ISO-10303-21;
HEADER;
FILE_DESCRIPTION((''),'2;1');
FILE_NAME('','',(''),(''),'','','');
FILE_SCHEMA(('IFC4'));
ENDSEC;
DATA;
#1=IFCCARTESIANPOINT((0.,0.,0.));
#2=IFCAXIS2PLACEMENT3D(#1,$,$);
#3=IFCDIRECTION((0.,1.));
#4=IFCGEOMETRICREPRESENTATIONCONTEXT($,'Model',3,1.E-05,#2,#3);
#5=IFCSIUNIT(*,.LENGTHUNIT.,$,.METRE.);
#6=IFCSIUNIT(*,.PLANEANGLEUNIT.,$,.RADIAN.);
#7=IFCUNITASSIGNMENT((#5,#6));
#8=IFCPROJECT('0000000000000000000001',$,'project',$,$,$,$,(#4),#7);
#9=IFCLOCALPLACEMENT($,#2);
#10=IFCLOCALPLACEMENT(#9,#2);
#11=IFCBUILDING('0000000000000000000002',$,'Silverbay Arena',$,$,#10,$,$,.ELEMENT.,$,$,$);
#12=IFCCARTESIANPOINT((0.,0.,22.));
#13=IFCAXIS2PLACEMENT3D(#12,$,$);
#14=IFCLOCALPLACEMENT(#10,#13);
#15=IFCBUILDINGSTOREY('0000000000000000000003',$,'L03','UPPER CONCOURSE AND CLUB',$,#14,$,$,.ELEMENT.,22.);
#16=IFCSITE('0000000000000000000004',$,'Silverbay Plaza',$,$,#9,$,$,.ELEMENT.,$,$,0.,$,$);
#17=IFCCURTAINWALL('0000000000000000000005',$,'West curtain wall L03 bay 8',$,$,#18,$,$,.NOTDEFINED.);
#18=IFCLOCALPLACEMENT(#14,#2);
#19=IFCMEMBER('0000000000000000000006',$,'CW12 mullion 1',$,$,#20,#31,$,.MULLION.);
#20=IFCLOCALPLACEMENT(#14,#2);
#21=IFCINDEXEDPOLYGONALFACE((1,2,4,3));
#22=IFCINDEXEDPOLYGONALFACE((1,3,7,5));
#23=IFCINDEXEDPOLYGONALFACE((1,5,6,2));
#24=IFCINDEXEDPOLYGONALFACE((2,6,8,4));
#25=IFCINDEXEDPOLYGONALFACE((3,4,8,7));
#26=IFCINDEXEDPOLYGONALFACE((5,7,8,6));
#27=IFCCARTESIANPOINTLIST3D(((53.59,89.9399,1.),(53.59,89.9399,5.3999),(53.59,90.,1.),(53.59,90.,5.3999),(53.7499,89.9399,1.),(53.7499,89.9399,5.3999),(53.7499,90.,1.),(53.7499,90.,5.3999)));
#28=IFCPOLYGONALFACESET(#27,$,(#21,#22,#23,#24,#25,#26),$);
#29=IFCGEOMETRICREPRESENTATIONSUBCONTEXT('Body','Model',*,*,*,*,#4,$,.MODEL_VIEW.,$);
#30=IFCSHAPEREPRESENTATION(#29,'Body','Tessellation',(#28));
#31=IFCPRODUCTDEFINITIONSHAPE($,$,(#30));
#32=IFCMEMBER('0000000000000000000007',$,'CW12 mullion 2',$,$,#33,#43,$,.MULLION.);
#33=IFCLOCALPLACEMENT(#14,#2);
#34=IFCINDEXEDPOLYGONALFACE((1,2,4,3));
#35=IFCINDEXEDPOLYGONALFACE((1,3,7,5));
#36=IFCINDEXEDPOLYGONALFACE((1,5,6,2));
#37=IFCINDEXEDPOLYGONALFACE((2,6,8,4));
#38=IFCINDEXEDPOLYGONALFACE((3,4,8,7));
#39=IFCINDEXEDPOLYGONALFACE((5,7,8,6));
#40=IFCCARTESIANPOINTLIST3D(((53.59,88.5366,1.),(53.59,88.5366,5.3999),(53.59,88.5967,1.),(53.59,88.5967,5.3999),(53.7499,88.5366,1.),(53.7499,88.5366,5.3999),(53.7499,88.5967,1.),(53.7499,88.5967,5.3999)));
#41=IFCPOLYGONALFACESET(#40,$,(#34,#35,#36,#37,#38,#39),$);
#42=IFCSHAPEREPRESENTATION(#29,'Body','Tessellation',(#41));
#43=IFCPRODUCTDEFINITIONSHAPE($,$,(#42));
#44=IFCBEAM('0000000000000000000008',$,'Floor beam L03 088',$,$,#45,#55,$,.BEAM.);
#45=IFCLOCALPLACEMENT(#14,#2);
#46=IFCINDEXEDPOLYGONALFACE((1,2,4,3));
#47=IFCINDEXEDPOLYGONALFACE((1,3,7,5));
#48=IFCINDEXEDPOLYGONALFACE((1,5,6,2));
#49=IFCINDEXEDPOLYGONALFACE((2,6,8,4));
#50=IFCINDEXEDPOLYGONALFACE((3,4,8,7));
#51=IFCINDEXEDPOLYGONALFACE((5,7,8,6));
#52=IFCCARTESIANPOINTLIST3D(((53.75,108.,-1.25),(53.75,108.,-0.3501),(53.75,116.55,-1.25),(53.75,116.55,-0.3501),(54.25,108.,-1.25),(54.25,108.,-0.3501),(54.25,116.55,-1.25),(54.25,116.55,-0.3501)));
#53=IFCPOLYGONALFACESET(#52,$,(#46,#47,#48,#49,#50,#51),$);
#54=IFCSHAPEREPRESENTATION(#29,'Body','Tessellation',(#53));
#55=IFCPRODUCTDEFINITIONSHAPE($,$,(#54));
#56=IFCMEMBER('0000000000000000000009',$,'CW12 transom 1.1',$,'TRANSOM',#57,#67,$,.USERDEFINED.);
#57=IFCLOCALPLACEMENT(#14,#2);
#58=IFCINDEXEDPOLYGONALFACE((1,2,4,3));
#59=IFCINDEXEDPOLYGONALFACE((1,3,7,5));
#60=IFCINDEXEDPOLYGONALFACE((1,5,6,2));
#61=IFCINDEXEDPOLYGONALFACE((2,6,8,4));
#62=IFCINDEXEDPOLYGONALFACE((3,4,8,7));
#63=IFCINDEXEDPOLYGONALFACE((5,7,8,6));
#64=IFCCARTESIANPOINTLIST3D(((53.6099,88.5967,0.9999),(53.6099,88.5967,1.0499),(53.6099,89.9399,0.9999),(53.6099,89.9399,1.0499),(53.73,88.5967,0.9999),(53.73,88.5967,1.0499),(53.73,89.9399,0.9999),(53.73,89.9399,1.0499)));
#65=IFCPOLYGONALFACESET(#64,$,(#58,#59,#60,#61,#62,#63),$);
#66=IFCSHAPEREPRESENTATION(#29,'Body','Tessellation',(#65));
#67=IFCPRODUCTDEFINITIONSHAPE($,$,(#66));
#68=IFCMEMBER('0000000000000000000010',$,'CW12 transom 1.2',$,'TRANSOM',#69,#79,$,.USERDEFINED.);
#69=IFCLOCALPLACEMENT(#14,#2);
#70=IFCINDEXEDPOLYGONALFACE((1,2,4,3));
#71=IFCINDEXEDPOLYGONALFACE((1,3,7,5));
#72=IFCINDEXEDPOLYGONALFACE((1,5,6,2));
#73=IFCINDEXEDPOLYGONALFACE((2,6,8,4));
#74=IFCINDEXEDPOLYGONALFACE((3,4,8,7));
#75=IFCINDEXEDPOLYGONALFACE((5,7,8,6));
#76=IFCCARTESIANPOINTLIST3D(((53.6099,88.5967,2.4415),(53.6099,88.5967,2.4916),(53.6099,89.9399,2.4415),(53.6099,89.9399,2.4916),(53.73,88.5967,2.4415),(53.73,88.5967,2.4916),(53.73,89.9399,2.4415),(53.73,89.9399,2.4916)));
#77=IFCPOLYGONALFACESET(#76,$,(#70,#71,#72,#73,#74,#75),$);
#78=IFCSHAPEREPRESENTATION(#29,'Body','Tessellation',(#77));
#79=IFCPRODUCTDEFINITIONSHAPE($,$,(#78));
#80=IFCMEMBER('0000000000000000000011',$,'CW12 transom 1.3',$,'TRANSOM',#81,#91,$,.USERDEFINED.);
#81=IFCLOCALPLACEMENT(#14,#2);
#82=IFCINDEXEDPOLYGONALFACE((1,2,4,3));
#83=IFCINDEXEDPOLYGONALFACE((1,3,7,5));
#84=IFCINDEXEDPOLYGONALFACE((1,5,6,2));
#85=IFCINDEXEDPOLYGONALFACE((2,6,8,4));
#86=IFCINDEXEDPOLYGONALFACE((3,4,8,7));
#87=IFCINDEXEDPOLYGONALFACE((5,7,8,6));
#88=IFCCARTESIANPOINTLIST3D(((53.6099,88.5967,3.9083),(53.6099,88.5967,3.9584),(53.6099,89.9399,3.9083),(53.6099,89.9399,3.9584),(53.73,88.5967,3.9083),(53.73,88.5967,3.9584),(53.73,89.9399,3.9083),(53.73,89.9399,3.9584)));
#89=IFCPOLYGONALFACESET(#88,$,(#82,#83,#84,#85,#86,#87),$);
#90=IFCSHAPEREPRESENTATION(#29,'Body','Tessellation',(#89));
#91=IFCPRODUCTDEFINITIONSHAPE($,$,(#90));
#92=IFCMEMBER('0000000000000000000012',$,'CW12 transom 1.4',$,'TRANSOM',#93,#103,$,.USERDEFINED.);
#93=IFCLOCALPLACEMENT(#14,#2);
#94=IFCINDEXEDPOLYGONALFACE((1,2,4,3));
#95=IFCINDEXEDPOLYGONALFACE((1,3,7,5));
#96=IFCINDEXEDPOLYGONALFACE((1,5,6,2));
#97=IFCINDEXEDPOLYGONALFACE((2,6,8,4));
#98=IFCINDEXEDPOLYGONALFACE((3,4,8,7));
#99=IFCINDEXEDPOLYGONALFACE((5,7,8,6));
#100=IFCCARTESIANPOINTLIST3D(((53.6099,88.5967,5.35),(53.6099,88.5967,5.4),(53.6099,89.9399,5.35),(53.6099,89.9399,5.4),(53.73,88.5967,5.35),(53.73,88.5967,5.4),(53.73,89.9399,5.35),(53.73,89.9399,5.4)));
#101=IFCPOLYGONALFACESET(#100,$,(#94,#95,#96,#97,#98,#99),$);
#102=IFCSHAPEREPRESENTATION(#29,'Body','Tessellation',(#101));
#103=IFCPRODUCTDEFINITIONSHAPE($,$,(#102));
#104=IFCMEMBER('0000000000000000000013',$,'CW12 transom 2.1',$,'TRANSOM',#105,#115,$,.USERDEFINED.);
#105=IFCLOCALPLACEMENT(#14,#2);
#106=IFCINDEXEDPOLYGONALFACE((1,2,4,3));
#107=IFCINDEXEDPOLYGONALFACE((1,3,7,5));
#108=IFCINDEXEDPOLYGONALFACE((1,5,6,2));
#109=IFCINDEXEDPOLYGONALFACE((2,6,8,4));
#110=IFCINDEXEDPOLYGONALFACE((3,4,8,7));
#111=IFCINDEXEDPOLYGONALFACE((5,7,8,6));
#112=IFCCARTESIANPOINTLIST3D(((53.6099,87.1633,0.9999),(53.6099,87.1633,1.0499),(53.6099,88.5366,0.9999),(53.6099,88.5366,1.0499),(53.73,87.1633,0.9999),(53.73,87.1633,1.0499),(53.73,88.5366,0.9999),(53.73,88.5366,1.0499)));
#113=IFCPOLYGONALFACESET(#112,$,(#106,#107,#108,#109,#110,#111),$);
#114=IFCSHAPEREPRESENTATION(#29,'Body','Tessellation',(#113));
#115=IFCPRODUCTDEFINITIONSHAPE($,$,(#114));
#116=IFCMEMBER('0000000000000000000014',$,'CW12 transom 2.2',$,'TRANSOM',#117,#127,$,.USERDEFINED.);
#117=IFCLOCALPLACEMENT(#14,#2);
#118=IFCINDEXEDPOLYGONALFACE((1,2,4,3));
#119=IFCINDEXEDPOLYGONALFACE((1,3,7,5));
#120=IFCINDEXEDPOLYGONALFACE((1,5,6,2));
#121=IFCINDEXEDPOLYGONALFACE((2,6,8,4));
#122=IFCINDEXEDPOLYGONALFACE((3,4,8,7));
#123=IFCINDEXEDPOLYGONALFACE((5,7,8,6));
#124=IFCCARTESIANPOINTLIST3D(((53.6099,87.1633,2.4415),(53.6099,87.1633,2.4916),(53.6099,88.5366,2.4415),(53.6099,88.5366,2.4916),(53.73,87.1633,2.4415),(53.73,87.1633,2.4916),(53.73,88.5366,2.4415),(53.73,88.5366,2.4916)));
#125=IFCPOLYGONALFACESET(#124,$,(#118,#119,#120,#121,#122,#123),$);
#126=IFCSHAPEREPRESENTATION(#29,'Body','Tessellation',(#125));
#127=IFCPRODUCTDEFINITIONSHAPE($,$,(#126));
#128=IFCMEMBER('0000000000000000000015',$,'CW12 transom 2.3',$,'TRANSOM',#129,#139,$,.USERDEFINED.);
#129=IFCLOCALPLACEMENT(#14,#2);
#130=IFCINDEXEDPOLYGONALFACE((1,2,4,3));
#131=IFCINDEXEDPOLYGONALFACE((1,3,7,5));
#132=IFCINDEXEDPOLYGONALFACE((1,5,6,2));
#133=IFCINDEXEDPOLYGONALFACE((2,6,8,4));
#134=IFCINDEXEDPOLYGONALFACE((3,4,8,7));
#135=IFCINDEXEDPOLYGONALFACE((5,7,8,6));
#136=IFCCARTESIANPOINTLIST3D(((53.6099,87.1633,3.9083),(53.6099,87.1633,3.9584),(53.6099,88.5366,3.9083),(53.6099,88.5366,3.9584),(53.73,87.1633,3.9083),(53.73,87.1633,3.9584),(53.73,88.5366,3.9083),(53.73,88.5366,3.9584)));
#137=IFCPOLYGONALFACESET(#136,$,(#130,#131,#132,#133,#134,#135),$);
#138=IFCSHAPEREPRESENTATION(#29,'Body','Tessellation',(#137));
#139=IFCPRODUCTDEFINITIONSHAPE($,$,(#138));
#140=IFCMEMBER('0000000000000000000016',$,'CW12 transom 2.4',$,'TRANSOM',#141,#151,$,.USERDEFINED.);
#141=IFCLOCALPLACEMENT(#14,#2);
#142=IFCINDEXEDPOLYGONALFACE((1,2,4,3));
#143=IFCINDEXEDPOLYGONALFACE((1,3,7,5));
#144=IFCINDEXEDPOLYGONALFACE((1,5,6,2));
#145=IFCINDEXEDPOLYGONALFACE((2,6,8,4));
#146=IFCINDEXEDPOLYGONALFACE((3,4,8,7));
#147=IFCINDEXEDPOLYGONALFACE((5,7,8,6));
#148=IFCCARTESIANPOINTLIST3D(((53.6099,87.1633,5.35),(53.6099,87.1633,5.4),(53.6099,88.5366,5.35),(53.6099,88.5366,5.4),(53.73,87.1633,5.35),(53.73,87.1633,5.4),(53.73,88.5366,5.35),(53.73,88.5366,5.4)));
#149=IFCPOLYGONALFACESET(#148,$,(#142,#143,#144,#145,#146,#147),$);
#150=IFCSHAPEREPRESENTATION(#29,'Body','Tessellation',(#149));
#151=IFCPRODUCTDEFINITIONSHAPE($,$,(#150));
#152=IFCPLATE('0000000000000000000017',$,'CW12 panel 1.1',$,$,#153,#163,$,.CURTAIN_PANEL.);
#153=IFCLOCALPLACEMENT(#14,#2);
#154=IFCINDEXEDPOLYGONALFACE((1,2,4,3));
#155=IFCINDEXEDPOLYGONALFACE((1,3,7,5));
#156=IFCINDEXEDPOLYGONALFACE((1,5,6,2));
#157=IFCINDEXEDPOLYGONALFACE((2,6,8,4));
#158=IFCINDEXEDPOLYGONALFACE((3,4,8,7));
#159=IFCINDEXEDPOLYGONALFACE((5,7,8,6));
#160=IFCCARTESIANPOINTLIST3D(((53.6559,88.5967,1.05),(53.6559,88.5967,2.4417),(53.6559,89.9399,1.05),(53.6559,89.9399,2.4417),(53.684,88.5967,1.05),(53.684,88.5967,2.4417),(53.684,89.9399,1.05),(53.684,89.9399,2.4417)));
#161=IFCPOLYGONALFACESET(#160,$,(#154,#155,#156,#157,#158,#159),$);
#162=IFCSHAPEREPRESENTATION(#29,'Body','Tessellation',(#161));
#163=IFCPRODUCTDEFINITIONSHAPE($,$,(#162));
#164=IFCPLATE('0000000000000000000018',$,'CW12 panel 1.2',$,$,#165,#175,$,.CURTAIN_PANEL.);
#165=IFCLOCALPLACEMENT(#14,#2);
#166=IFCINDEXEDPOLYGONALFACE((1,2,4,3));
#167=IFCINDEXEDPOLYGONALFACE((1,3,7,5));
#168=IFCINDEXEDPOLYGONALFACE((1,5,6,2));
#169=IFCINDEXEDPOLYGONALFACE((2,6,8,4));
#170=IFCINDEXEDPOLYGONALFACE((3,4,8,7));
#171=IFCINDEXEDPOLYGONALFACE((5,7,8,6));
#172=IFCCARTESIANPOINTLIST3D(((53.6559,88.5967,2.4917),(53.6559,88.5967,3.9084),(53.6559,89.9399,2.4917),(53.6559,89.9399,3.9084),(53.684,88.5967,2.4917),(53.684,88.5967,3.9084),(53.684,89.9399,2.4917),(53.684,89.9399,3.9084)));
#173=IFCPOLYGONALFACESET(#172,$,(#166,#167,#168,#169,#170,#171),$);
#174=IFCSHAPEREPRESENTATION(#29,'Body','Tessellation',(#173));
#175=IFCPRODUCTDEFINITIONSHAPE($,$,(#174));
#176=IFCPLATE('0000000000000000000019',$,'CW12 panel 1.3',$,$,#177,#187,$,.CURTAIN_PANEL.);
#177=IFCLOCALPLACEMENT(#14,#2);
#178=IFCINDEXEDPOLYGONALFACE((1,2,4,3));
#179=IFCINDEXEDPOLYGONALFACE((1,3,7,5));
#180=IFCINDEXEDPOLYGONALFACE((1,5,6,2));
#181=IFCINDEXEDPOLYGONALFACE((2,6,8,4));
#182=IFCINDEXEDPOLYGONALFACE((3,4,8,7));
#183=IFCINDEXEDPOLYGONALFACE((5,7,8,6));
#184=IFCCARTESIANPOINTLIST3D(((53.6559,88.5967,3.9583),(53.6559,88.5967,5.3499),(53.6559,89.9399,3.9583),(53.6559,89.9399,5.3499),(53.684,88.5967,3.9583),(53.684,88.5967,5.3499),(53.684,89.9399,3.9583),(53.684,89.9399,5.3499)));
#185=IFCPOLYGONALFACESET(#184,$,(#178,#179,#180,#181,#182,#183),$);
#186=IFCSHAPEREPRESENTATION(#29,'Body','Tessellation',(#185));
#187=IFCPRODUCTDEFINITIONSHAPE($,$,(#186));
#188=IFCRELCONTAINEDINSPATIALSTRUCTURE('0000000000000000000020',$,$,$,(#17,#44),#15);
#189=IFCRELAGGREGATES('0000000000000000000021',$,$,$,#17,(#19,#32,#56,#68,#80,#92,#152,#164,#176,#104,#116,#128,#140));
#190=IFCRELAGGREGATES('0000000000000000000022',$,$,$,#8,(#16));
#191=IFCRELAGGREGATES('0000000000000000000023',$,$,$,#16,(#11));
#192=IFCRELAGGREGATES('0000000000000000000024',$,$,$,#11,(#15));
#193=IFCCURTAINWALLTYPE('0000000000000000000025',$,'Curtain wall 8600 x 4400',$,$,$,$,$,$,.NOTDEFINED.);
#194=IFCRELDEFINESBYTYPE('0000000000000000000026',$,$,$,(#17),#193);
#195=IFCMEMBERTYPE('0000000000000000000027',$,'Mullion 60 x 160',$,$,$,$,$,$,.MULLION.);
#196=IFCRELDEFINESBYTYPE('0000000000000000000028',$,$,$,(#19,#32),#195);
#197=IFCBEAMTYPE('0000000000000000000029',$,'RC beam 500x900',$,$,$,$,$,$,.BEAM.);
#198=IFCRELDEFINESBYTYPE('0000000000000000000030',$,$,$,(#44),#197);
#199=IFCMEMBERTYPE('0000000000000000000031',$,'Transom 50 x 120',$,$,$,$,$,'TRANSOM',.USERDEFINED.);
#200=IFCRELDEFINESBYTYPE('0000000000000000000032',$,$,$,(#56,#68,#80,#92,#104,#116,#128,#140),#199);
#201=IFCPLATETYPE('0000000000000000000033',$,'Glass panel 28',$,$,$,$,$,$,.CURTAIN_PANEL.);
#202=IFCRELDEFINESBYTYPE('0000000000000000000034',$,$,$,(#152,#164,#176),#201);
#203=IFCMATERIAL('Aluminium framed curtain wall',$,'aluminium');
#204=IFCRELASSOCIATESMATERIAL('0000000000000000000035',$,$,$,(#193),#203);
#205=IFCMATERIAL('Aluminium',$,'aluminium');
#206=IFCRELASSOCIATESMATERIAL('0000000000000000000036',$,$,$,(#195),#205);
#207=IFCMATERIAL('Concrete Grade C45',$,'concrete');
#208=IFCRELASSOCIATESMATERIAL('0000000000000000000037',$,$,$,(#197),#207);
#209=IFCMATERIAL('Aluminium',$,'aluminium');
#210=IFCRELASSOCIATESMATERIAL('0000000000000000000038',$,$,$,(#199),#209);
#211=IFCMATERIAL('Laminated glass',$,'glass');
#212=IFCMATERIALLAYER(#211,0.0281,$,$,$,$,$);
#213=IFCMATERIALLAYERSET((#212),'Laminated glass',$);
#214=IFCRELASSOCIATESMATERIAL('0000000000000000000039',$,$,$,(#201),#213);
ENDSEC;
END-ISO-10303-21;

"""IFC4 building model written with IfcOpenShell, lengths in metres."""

from ifc_helpers import new_model, si_unit, direction, frame, origin, origin_2d, place, context, subcontext, project, spatial, rectangle, extrude, material, layer, layer_set, material_profile, profile_set, type_object, element, aggregate, save


model = new_model("IFC4")

# Units and contexts
model_context = context("Model", 3, precision=1e-05, world=origin(), true_north=direction((0.0, 1.0)))
body_context = subcontext(model_context, "Body", "Model", "MODEL_VIEW")
ifc_project = project(units=[si_unit("LENGTHUNIT", "METRE"), si_unit("PLANEANGLEUNIT", "RADIAN")], contexts=[model_context])

# Site, building, storey
site_placement = place(None, origin())
site = spatial("IfcSite", under=ifc_project, at=site_placement, Name="Silverbay Plaza", CompositionType="ELEMENT", RefElevation=0.0)
building_placement = place(site_placement, origin())
building = spatial("IfcBuilding", under=site, at=building_placement, Name="Silverbay Arena", CompositionType="ELEMENT")
storey_placement = place(building_placement, frame((0.0, 0.0, 22.0)))
storey = spatial("IfcBuildingStorey", under=building, at=storey_placement, Name="L03", Description="UPPER CONCOURSE AND CLUB", CompositionType="ELEMENT", Elevation=22.0)

# Curtain wall, members
ifc_material_1 = material(Name="Aluminium framed curtain wall", Category="aluminium")
curtain_wall_type = type_object("IfcCurtainWallType", Name="Curtain wall 8600 x 4400", PredefinedType="NOTDEFINED", material=ifc_material_1)
curtain_wall_placement = place(storey_placement, origin())
curtain_wall = element("IfcCurtainWall", 1, at=curtain_wall_placement, inside=storey, type_object=curtain_wall_type, Name="West curtain wall L03 bay 8", PredefinedType="NOTDEFINED")
ifc_material_2 = material(Name="Aluminium", Category="aluminium")
ifc_material_profile_1 = material_profile(ifc_material_2, rectangle(XDim=0.1599, YDim=0.0601, at=origin_2d()), Name="Mullion 60 x 160")
ifc_profile_set_1 = profile_set([ifc_material_profile_1], Name="Aluminium")
member_type_1 = type_object("IfcMemberType", Name="Mullion 60 x 160", PredefinedType="MULLION", material=ifc_profile_set_1)
member_1_placement = place(storey_placement, frame((53.6699, 89.97, 1.0), z_axis=(0.0, 0.0, 1.0), x_axis=(1.0, 0.0, 0.0)))
member_1 = element("IfcMember", 2, at=member_1_placement, type_object=member_type_1, Name="CW12 mullion 1", PredefinedType="MULLION", context=body_context, shape_type="SweptSolid", body=[
    extrude(rectangle(XDim=0.1599, YDim=0.0601, at=origin_2d()), origin(), (0.0, 0.0, 1.0), 4.3999),
])
member_2_placement = place(storey_placement, frame((53.6699, 88.5667, 1.0), z_axis=(0.0, 0.0, 1.0), x_axis=(1.0, 0.0, 0.0)))
member_2 = element("IfcMember", 3, at=member_2_placement, type_object=member_type_1, Name="CW12 mullion 2", PredefinedType="MULLION", context=body_context, shape_type="SweptSolid", body=[
    extrude(rectangle(XDim=0.1599, YDim=0.0601, at=origin_2d()), origin(), (0.0, 0.0, 1.0), 4.3999),
])

# Beam
ifc_material_3 = material(Name="Concrete Grade C45", Category="concrete")
ifc_material_profile_2 = material_profile(ifc_material_3, rectangle(XDim=0.5, YDim=0.8999, at=origin_2d()), Name="RC 500x900")
ifc_profile_set_2 = profile_set([ifc_material_profile_2], Name="Concrete Grade C45")
beam_type = type_object("IfcBeamType", Name="RC beam 500x900", PredefinedType="BEAM", material=ifc_profile_set_2)
beam_placement = place(storey_placement, frame((54.0, 108.0, -0.8), z_axis=(0.0, 1.0, 0.0), x_axis=(-1.0, 0.0, 0.0)))
element("IfcBeam", 4, at=beam_placement, inside=storey, type_object=beam_type, Name="Floor beam L03 088", PredefinedType="BEAM", context=body_context, shape_type="SweptSolid", body=[
    extrude(rectangle(XDim=0.5, YDim=0.8999, at=origin_2d()), origin(), (0.0, 0.0, 1.0), 8.55),
])

# Members
ifc_material_4 = material(Name="Aluminium", Category="aluminium")
ifc_material_profile_3 = material_profile(ifc_material_4, rectangle(XDim=0.1201, YDim=0.05, at=origin_2d()), Name="Transom 50 x 120")
ifc_profile_set_3 = profile_set([ifc_material_profile_3], Name="Aluminium")
member_type_2 = type_object("IfcMemberType", Name="Transom 50 x 120", ElementType="TRANSOM", PredefinedType="USERDEFINED", material=ifc_profile_set_3)
member_3_placement = place(storey_placement, frame((53.6699, 89.9399, 1.0249), z_axis=(0.0, -1.0, 0.0), x_axis=(1.0, 0.0, 0.0)))
member_3 = element("IfcMember", 5, at=member_3_placement, type_object=member_type_2, Name="CW12 transom 1.1", ObjectType="TRANSOM", PredefinedType="USERDEFINED", context=body_context, shape_type="SweptSolid", body=[
    extrude(rectangle(XDim=0.1201, YDim=0.05, at=origin_2d()), origin(), (0.0, 0.0, 1.0), 1.3433),
])
member_4_placement = place(storey_placement, frame((53.6699, 89.9399, 2.4666), z_axis=(0.0, -1.0, 0.0), x_axis=(1.0, 0.0, 0.0)))
member_4 = element("IfcMember", 6, at=member_4_placement, type_object=member_type_2, Name="CW12 transom 1.2", ObjectType="TRANSOM", PredefinedType="USERDEFINED", context=body_context, shape_type="SweptSolid", body=[
    extrude(rectangle(XDim=0.1201, YDim=0.05, at=origin_2d()), origin(), (0.0, 0.0, 1.0), 1.3433),
])
member_5_placement = place(storey_placement, frame((53.6699, 89.9399, 3.9333), z_axis=(0.0, -1.0, 0.0), x_axis=(1.0, 0.0, 0.0)))
member_5 = element("IfcMember", 7, at=member_5_placement, type_object=member_type_2, Name="CW12 transom 1.3", ObjectType="TRANSOM", PredefinedType="USERDEFINED", context=body_context, shape_type="SweptSolid", body=[
    extrude(rectangle(XDim=0.1201, YDim=0.05, at=origin_2d()), origin(), (0.0, 0.0, 1.0), 1.3433),
])
member_6_placement = place(storey_placement, frame((53.6699, 89.9399, 5.375), z_axis=(0.0, -1.0, 0.0), x_axis=(1.0, 0.0, 0.0)))
member_6 = element("IfcMember", 8, at=member_6_placement, type_object=member_type_2, Name="CW12 transom 1.4", ObjectType="TRANSOM", PredefinedType="USERDEFINED", context=body_context, shape_type="SweptSolid", body=[
    extrude(rectangle(XDim=0.1201, YDim=0.05, at=origin_2d()), origin(), (0.0, 0.0, 1.0), 1.3433),
])
member_7_placement = place(storey_placement, frame((53.6699, 88.5366, 1.0249), z_axis=(0.0, -1.0, 0.0), x_axis=(1.0, 0.0, 0.0)))
member_7 = element("IfcMember", 9, at=member_7_placement, type_object=member_type_2, Name="CW12 transom 2.1", ObjectType="TRANSOM", PredefinedType="USERDEFINED", context=body_context, shape_type="SweptSolid", body=[
    extrude(rectangle(XDim=0.1201, YDim=0.05, at=origin_2d()), origin(), (0.0, 0.0, 1.0), 1.3733),
])
member_8_placement = place(storey_placement, frame((53.6699, 88.5366, 2.4666), z_axis=(0.0, -1.0, 0.0), x_axis=(1.0, 0.0, 0.0)))
member_8 = element("IfcMember", 10, at=member_8_placement, type_object=member_type_2, Name="CW12 transom 2.2", ObjectType="TRANSOM", PredefinedType="USERDEFINED", context=body_context, shape_type="SweptSolid", body=[
    extrude(rectangle(XDim=0.1201, YDim=0.05, at=origin_2d()), origin(), (0.0, 0.0, 1.0), 1.3733),
])
member_9_placement = place(storey_placement, frame((53.6699, 88.5366, 3.9333), z_axis=(0.0, -1.0, 0.0), x_axis=(1.0, 0.0, 0.0)))
member_9 = element("IfcMember", 11, at=member_9_placement, type_object=member_type_2, Name="CW12 transom 2.3", ObjectType="TRANSOM", PredefinedType="USERDEFINED", context=body_context, shape_type="SweptSolid", body=[
    extrude(rectangle(XDim=0.1201, YDim=0.05, at=origin_2d()), origin(), (0.0, 0.0, 1.0), 1.3733),
])
member_10_placement = place(storey_placement, frame((53.6699, 88.5366, 5.375), z_axis=(0.0, -1.0, 0.0), x_axis=(1.0, 0.0, 0.0)))
member_10 = element("IfcMember", 12, at=member_10_placement, type_object=member_type_2, Name="CW12 transom 2.4", ObjectType="TRANSOM", PredefinedType="USERDEFINED", context=body_context, shape_type="SweptSolid", body=[
    extrude(rectangle(XDim=0.1201, YDim=0.05, at=origin_2d()), origin(), (0.0, 0.0, 1.0), 1.3733),
])

# Plates
ifc_material_5 = material(Name="Laminated glass", Category="glass")
ifc_layer_1 = layer(ifc_material_5, 0.0281)
ifc_layer_set_1 = layer_set([ifc_layer_1], Name="Laminated glass")
plate_type = type_object("IfcPlateType", Name="Glass panel 28", PredefinedType="CURTAIN_PANEL", material=ifc_layer_set_1)
plate_1_placement = place(storey_placement, frame((53.6699, 89.2683, 1.05), z_axis=(0.0, 0.0, 1.0), x_axis=(0.0, -1.0, 0.0)))
plate_1 = element("IfcPlate", 13, at=plate_1_placement, type_object=plate_type, Name="CW12 panel 1.1", PredefinedType="CURTAIN_PANEL", context=body_context, shape_type="SweptSolid", body=[
    extrude(rectangle(XDim=1.3433, YDim=0.0281, at=origin_2d()), origin(), (0.0, 0.0, 1.0), 1.3916),
])
plate_2_placement = place(storey_placement, frame((53.6699, 89.2683, 2.4917), z_axis=(0.0, 0.0, 1.0), x_axis=(0.0, -1.0, 0.0)))
plate_2 = element("IfcPlate", 14, at=plate_2_placement, type_object=plate_type, Name="CW12 panel 1.2", PredefinedType="CURTAIN_PANEL", context=body_context, shape_type="SweptSolid", body=[
    extrude(rectangle(XDim=1.3433, YDim=0.0281, at=origin_2d()), origin(), (0.0, 0.0, 1.0), 1.4167),
])
plate_3_placement = place(storey_placement, frame((53.6699, 89.2683, 3.9583), z_axis=(0.0, 0.0, 1.0), x_axis=(0.0, -1.0, 0.0)))
plate_3 = element("IfcPlate", 15, at=plate_3_placement, type_object=plate_type, Name="CW12 panel 1.3", PredefinedType="CURTAIN_PANEL", context=body_context, shape_type="SweptSolid", body=[
    extrude(rectangle(XDim=1.3433, YDim=0.0281, at=origin_2d()), origin(), (0.0, 0.0, 1.0), 1.3916),
])
aggregate(curtain_wall, [member_1, member_2, member_3, member_4, member_5, member_6, plate_1, plate_2, plate_3, member_7, member_8, member_9, member_10])

save(model, "model.ifc")
